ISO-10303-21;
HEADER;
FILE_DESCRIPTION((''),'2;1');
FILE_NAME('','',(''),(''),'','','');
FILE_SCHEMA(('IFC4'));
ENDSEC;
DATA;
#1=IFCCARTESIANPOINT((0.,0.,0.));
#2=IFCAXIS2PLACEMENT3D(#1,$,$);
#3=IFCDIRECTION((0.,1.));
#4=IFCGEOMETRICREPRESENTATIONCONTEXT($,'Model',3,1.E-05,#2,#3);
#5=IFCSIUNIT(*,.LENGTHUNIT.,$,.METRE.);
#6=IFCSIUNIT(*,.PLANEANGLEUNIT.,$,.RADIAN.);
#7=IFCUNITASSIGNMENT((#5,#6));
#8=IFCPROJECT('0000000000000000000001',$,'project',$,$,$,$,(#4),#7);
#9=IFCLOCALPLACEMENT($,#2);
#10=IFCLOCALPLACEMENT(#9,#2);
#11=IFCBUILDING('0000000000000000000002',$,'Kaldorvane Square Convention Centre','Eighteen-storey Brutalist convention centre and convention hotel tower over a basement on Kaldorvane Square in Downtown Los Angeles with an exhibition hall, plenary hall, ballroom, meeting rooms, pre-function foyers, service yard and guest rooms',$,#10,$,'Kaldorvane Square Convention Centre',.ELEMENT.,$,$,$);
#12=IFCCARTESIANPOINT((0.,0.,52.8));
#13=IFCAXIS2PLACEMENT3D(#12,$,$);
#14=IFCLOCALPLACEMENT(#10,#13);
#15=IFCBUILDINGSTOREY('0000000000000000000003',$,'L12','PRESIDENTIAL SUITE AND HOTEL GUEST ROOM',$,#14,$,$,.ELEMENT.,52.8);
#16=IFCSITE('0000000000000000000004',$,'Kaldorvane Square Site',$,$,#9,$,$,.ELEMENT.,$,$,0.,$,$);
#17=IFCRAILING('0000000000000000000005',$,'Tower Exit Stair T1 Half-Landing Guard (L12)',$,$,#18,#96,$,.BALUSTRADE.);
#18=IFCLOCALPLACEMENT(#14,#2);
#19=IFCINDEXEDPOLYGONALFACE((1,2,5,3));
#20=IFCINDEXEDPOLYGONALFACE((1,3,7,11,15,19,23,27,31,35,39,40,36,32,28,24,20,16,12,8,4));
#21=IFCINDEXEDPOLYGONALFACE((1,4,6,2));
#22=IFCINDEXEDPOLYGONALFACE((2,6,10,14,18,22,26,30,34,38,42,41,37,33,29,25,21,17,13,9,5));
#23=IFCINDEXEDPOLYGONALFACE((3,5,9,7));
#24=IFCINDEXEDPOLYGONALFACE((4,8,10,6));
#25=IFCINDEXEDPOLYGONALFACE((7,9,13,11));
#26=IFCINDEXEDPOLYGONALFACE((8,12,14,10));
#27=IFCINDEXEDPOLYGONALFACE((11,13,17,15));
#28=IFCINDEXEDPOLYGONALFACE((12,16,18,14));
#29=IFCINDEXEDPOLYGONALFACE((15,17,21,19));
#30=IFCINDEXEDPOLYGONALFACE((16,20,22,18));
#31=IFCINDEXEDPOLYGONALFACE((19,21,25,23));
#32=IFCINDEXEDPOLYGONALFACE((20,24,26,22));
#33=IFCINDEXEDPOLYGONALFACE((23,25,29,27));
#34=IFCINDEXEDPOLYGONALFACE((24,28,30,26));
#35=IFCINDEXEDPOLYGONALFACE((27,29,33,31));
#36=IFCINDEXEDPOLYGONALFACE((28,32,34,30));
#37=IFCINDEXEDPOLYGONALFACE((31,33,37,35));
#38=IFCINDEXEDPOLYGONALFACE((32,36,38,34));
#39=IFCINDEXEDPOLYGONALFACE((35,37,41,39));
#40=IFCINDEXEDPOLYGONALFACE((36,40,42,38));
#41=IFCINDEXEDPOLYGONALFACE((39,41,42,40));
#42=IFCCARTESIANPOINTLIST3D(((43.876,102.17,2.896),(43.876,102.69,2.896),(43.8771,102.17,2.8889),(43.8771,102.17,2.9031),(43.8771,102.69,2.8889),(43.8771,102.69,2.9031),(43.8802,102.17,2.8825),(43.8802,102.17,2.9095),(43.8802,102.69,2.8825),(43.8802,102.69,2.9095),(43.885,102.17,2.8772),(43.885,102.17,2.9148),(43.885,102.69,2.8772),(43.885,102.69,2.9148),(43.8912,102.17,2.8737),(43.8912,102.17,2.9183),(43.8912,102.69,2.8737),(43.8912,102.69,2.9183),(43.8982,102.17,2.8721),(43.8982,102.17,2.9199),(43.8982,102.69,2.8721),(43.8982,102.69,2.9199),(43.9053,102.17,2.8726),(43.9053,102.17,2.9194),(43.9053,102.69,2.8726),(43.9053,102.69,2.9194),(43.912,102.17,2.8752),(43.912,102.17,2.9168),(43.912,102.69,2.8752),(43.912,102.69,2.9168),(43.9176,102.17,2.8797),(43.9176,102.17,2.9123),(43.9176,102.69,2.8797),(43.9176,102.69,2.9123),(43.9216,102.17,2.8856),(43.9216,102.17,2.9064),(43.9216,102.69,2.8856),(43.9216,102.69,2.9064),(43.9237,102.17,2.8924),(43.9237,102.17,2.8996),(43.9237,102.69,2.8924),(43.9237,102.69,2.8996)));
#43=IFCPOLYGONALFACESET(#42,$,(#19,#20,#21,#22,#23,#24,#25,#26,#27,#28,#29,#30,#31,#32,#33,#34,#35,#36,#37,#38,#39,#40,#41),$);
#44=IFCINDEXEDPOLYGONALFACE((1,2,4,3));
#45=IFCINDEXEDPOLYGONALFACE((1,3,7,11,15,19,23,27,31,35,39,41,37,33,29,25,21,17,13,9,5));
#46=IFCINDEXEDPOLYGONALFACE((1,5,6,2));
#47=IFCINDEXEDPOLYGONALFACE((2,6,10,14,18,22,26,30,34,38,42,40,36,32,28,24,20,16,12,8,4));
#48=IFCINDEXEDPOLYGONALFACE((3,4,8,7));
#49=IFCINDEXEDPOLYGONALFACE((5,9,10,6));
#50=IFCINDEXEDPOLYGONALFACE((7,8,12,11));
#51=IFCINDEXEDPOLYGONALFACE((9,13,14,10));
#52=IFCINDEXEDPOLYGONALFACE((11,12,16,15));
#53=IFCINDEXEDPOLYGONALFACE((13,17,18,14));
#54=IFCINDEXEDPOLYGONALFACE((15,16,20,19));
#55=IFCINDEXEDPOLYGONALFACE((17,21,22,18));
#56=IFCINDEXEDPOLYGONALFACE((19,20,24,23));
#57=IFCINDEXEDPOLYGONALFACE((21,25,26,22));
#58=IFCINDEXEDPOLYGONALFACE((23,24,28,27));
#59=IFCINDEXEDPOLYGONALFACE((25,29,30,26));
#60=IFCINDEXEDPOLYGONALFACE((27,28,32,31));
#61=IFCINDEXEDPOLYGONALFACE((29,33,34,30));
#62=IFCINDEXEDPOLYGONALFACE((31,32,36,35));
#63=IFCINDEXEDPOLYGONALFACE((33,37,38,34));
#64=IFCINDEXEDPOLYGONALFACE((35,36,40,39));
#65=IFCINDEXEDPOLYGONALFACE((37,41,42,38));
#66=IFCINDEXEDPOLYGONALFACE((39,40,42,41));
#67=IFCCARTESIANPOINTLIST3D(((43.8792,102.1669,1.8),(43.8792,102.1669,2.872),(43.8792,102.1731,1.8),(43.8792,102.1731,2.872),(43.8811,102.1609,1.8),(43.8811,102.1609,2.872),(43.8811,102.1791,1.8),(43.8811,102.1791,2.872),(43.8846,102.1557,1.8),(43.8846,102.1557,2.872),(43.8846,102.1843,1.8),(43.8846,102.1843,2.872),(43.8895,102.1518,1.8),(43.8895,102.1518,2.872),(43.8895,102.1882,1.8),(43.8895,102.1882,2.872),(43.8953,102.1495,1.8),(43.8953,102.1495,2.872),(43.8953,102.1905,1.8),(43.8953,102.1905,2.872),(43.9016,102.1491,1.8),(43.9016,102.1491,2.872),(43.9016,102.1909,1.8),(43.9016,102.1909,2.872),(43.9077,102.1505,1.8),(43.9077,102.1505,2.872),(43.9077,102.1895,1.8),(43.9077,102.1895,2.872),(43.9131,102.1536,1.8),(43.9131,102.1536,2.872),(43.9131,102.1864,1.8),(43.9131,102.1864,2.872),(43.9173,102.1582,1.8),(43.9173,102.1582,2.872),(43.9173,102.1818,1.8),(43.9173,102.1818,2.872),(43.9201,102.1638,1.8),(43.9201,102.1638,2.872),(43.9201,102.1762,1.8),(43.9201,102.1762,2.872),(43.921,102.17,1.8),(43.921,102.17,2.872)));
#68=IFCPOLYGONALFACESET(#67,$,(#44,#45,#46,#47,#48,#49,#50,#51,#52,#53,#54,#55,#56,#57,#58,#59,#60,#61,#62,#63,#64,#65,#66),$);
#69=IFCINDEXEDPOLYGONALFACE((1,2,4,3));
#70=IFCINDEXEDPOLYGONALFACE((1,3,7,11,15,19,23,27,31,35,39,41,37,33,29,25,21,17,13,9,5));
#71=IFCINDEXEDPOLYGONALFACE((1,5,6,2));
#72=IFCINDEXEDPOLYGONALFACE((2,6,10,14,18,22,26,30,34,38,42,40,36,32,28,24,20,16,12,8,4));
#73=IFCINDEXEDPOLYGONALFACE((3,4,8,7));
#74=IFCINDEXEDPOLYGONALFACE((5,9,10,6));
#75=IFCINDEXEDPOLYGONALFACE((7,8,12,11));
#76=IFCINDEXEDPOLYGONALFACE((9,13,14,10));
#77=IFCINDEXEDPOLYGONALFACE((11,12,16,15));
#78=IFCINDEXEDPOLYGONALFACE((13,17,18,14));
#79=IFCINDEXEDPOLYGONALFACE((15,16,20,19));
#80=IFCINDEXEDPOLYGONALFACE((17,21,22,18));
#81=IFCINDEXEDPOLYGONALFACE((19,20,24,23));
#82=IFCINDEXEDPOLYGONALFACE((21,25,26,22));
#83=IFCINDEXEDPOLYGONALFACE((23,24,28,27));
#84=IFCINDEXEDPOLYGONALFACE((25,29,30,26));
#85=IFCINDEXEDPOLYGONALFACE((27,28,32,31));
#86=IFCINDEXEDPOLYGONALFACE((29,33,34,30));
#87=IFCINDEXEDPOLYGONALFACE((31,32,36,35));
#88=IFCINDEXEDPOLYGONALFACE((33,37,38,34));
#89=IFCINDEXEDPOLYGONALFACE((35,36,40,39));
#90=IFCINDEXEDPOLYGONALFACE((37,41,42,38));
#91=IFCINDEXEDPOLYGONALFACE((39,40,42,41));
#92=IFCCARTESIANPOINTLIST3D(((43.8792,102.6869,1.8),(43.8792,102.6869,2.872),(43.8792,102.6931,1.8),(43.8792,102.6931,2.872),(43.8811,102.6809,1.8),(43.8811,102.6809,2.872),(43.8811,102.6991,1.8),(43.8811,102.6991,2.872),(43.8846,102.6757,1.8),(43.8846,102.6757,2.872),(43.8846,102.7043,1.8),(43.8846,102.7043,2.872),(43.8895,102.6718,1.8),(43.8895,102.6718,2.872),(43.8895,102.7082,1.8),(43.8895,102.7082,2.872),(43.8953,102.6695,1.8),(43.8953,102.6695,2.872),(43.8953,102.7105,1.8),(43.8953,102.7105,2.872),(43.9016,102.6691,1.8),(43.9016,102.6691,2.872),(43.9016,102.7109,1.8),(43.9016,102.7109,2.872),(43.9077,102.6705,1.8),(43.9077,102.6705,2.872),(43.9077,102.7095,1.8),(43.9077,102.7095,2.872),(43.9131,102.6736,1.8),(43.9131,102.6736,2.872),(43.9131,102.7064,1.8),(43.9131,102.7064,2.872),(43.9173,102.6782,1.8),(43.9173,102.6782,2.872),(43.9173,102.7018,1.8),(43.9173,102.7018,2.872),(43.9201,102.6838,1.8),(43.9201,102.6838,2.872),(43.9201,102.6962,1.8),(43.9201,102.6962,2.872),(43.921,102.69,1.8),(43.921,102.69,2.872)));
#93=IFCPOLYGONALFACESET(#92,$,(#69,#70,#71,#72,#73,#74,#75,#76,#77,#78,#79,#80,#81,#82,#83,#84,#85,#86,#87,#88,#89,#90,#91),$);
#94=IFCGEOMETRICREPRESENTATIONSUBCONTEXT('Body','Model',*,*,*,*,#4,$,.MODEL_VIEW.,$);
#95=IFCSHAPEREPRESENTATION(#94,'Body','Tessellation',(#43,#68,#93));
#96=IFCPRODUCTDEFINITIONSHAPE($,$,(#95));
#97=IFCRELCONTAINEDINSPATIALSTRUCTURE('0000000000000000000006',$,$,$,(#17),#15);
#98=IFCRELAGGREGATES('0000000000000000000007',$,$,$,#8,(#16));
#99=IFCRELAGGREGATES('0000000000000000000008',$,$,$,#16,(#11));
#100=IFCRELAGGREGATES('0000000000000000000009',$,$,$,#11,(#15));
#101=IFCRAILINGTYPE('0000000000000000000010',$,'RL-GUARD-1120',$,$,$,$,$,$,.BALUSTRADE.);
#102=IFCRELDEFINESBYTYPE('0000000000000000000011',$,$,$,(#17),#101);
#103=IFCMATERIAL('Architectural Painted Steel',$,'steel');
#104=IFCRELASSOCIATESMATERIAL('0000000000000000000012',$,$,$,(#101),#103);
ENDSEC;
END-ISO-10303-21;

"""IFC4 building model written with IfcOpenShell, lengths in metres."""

from ifc_helpers import new_model, si_unit, direction, frame, origin, origin_2d, place, context, subcontext, project, spatial, circle, extrude, material, type_object, element, save


model = new_model("IFC4")

# Units and contexts
model_context = context("Model", 3, precision=1e-05, world=origin(), true_north=direction((0.0, 1.0)))
body_context = subcontext(model_context, "Body", "Model", "MODEL_VIEW")
ifc_project = project(units=[si_unit("LENGTHUNIT", "METRE"), si_unit("PLANEANGLEUNIT", "RADIAN")], contexts=[model_context])

# Site, building, storey
site_placement = place(None, origin())
site = spatial("IfcSite", under=ifc_project, at=site_placement, Name="Kaldorvane Square Site", CompositionType="ELEMENT", RefElevation=0.0)
building_placement = place(site_placement, origin())
building = spatial("IfcBuilding", under=site, at=building_placement, Name="Kaldorvane Square Convention Centre", Description="Eighteen-storey Brutalist convention centre and convention hotel tower over a basement on Kaldorvane Square in Downtown Los Angeles with an exhibition hall, plenary hall, ballroom, meeting rooms, pre-function foyers, service yard and guest rooms", LongName="Kaldorvane Square Convention Centre", CompositionType="ELEMENT")
storey_placement = place(building_placement, frame((0.0, 0.0, 52.8)))
storey = spatial("IfcBuildingStorey", under=building, at=storey_placement, Name="L12", Description="PRESIDENTIAL SUITE AND HOTEL GUEST ROOM", CompositionType="ELEMENT", Elevation=52.8)

# Railing
ifc_material_1 = material(Name="Architectural Painted Steel", Category="steel")
railing_type_1 = type_object("IfcRailingType", Name="RL-GUARD-1120", PredefinedType="BALUSTRADE", material=ifc_material_1)
for number, where, name in (
    (1, (43.9, 102.17, 1.8), "Tower Exit Stair T1 Half-Landing Guard (L12)"),
):
    element("IfcRailing", number, at=place(storey_placement, frame(where)), inside=storey, type_object=railing_type_1, Name=name, PredefinedType="BALUSTRADE", context=body_context, shape_type="SweptSolid", body=[
        extrude(circle(Radius=0.024, at=origin_2d()), frame((0.0, 0.0, 1.096), z_axis=(0.0, 1.0, 0.0), x_axis=(-1.0, 0.0, 0.0)), (0.0, 0.0, 1.0), 0.52),
        extrude(circle(Radius=0.021, at=origin_2d()), origin(), (0.0, 0.0, 1.0), 1.072),
        extrude(circle(Radius=0.021, at=origin_2d()), frame((0.0, 0.52, 0.0)), (0.0, 0.0, 1.0), 1.072),
    ])

save(model, "model.ifc")
